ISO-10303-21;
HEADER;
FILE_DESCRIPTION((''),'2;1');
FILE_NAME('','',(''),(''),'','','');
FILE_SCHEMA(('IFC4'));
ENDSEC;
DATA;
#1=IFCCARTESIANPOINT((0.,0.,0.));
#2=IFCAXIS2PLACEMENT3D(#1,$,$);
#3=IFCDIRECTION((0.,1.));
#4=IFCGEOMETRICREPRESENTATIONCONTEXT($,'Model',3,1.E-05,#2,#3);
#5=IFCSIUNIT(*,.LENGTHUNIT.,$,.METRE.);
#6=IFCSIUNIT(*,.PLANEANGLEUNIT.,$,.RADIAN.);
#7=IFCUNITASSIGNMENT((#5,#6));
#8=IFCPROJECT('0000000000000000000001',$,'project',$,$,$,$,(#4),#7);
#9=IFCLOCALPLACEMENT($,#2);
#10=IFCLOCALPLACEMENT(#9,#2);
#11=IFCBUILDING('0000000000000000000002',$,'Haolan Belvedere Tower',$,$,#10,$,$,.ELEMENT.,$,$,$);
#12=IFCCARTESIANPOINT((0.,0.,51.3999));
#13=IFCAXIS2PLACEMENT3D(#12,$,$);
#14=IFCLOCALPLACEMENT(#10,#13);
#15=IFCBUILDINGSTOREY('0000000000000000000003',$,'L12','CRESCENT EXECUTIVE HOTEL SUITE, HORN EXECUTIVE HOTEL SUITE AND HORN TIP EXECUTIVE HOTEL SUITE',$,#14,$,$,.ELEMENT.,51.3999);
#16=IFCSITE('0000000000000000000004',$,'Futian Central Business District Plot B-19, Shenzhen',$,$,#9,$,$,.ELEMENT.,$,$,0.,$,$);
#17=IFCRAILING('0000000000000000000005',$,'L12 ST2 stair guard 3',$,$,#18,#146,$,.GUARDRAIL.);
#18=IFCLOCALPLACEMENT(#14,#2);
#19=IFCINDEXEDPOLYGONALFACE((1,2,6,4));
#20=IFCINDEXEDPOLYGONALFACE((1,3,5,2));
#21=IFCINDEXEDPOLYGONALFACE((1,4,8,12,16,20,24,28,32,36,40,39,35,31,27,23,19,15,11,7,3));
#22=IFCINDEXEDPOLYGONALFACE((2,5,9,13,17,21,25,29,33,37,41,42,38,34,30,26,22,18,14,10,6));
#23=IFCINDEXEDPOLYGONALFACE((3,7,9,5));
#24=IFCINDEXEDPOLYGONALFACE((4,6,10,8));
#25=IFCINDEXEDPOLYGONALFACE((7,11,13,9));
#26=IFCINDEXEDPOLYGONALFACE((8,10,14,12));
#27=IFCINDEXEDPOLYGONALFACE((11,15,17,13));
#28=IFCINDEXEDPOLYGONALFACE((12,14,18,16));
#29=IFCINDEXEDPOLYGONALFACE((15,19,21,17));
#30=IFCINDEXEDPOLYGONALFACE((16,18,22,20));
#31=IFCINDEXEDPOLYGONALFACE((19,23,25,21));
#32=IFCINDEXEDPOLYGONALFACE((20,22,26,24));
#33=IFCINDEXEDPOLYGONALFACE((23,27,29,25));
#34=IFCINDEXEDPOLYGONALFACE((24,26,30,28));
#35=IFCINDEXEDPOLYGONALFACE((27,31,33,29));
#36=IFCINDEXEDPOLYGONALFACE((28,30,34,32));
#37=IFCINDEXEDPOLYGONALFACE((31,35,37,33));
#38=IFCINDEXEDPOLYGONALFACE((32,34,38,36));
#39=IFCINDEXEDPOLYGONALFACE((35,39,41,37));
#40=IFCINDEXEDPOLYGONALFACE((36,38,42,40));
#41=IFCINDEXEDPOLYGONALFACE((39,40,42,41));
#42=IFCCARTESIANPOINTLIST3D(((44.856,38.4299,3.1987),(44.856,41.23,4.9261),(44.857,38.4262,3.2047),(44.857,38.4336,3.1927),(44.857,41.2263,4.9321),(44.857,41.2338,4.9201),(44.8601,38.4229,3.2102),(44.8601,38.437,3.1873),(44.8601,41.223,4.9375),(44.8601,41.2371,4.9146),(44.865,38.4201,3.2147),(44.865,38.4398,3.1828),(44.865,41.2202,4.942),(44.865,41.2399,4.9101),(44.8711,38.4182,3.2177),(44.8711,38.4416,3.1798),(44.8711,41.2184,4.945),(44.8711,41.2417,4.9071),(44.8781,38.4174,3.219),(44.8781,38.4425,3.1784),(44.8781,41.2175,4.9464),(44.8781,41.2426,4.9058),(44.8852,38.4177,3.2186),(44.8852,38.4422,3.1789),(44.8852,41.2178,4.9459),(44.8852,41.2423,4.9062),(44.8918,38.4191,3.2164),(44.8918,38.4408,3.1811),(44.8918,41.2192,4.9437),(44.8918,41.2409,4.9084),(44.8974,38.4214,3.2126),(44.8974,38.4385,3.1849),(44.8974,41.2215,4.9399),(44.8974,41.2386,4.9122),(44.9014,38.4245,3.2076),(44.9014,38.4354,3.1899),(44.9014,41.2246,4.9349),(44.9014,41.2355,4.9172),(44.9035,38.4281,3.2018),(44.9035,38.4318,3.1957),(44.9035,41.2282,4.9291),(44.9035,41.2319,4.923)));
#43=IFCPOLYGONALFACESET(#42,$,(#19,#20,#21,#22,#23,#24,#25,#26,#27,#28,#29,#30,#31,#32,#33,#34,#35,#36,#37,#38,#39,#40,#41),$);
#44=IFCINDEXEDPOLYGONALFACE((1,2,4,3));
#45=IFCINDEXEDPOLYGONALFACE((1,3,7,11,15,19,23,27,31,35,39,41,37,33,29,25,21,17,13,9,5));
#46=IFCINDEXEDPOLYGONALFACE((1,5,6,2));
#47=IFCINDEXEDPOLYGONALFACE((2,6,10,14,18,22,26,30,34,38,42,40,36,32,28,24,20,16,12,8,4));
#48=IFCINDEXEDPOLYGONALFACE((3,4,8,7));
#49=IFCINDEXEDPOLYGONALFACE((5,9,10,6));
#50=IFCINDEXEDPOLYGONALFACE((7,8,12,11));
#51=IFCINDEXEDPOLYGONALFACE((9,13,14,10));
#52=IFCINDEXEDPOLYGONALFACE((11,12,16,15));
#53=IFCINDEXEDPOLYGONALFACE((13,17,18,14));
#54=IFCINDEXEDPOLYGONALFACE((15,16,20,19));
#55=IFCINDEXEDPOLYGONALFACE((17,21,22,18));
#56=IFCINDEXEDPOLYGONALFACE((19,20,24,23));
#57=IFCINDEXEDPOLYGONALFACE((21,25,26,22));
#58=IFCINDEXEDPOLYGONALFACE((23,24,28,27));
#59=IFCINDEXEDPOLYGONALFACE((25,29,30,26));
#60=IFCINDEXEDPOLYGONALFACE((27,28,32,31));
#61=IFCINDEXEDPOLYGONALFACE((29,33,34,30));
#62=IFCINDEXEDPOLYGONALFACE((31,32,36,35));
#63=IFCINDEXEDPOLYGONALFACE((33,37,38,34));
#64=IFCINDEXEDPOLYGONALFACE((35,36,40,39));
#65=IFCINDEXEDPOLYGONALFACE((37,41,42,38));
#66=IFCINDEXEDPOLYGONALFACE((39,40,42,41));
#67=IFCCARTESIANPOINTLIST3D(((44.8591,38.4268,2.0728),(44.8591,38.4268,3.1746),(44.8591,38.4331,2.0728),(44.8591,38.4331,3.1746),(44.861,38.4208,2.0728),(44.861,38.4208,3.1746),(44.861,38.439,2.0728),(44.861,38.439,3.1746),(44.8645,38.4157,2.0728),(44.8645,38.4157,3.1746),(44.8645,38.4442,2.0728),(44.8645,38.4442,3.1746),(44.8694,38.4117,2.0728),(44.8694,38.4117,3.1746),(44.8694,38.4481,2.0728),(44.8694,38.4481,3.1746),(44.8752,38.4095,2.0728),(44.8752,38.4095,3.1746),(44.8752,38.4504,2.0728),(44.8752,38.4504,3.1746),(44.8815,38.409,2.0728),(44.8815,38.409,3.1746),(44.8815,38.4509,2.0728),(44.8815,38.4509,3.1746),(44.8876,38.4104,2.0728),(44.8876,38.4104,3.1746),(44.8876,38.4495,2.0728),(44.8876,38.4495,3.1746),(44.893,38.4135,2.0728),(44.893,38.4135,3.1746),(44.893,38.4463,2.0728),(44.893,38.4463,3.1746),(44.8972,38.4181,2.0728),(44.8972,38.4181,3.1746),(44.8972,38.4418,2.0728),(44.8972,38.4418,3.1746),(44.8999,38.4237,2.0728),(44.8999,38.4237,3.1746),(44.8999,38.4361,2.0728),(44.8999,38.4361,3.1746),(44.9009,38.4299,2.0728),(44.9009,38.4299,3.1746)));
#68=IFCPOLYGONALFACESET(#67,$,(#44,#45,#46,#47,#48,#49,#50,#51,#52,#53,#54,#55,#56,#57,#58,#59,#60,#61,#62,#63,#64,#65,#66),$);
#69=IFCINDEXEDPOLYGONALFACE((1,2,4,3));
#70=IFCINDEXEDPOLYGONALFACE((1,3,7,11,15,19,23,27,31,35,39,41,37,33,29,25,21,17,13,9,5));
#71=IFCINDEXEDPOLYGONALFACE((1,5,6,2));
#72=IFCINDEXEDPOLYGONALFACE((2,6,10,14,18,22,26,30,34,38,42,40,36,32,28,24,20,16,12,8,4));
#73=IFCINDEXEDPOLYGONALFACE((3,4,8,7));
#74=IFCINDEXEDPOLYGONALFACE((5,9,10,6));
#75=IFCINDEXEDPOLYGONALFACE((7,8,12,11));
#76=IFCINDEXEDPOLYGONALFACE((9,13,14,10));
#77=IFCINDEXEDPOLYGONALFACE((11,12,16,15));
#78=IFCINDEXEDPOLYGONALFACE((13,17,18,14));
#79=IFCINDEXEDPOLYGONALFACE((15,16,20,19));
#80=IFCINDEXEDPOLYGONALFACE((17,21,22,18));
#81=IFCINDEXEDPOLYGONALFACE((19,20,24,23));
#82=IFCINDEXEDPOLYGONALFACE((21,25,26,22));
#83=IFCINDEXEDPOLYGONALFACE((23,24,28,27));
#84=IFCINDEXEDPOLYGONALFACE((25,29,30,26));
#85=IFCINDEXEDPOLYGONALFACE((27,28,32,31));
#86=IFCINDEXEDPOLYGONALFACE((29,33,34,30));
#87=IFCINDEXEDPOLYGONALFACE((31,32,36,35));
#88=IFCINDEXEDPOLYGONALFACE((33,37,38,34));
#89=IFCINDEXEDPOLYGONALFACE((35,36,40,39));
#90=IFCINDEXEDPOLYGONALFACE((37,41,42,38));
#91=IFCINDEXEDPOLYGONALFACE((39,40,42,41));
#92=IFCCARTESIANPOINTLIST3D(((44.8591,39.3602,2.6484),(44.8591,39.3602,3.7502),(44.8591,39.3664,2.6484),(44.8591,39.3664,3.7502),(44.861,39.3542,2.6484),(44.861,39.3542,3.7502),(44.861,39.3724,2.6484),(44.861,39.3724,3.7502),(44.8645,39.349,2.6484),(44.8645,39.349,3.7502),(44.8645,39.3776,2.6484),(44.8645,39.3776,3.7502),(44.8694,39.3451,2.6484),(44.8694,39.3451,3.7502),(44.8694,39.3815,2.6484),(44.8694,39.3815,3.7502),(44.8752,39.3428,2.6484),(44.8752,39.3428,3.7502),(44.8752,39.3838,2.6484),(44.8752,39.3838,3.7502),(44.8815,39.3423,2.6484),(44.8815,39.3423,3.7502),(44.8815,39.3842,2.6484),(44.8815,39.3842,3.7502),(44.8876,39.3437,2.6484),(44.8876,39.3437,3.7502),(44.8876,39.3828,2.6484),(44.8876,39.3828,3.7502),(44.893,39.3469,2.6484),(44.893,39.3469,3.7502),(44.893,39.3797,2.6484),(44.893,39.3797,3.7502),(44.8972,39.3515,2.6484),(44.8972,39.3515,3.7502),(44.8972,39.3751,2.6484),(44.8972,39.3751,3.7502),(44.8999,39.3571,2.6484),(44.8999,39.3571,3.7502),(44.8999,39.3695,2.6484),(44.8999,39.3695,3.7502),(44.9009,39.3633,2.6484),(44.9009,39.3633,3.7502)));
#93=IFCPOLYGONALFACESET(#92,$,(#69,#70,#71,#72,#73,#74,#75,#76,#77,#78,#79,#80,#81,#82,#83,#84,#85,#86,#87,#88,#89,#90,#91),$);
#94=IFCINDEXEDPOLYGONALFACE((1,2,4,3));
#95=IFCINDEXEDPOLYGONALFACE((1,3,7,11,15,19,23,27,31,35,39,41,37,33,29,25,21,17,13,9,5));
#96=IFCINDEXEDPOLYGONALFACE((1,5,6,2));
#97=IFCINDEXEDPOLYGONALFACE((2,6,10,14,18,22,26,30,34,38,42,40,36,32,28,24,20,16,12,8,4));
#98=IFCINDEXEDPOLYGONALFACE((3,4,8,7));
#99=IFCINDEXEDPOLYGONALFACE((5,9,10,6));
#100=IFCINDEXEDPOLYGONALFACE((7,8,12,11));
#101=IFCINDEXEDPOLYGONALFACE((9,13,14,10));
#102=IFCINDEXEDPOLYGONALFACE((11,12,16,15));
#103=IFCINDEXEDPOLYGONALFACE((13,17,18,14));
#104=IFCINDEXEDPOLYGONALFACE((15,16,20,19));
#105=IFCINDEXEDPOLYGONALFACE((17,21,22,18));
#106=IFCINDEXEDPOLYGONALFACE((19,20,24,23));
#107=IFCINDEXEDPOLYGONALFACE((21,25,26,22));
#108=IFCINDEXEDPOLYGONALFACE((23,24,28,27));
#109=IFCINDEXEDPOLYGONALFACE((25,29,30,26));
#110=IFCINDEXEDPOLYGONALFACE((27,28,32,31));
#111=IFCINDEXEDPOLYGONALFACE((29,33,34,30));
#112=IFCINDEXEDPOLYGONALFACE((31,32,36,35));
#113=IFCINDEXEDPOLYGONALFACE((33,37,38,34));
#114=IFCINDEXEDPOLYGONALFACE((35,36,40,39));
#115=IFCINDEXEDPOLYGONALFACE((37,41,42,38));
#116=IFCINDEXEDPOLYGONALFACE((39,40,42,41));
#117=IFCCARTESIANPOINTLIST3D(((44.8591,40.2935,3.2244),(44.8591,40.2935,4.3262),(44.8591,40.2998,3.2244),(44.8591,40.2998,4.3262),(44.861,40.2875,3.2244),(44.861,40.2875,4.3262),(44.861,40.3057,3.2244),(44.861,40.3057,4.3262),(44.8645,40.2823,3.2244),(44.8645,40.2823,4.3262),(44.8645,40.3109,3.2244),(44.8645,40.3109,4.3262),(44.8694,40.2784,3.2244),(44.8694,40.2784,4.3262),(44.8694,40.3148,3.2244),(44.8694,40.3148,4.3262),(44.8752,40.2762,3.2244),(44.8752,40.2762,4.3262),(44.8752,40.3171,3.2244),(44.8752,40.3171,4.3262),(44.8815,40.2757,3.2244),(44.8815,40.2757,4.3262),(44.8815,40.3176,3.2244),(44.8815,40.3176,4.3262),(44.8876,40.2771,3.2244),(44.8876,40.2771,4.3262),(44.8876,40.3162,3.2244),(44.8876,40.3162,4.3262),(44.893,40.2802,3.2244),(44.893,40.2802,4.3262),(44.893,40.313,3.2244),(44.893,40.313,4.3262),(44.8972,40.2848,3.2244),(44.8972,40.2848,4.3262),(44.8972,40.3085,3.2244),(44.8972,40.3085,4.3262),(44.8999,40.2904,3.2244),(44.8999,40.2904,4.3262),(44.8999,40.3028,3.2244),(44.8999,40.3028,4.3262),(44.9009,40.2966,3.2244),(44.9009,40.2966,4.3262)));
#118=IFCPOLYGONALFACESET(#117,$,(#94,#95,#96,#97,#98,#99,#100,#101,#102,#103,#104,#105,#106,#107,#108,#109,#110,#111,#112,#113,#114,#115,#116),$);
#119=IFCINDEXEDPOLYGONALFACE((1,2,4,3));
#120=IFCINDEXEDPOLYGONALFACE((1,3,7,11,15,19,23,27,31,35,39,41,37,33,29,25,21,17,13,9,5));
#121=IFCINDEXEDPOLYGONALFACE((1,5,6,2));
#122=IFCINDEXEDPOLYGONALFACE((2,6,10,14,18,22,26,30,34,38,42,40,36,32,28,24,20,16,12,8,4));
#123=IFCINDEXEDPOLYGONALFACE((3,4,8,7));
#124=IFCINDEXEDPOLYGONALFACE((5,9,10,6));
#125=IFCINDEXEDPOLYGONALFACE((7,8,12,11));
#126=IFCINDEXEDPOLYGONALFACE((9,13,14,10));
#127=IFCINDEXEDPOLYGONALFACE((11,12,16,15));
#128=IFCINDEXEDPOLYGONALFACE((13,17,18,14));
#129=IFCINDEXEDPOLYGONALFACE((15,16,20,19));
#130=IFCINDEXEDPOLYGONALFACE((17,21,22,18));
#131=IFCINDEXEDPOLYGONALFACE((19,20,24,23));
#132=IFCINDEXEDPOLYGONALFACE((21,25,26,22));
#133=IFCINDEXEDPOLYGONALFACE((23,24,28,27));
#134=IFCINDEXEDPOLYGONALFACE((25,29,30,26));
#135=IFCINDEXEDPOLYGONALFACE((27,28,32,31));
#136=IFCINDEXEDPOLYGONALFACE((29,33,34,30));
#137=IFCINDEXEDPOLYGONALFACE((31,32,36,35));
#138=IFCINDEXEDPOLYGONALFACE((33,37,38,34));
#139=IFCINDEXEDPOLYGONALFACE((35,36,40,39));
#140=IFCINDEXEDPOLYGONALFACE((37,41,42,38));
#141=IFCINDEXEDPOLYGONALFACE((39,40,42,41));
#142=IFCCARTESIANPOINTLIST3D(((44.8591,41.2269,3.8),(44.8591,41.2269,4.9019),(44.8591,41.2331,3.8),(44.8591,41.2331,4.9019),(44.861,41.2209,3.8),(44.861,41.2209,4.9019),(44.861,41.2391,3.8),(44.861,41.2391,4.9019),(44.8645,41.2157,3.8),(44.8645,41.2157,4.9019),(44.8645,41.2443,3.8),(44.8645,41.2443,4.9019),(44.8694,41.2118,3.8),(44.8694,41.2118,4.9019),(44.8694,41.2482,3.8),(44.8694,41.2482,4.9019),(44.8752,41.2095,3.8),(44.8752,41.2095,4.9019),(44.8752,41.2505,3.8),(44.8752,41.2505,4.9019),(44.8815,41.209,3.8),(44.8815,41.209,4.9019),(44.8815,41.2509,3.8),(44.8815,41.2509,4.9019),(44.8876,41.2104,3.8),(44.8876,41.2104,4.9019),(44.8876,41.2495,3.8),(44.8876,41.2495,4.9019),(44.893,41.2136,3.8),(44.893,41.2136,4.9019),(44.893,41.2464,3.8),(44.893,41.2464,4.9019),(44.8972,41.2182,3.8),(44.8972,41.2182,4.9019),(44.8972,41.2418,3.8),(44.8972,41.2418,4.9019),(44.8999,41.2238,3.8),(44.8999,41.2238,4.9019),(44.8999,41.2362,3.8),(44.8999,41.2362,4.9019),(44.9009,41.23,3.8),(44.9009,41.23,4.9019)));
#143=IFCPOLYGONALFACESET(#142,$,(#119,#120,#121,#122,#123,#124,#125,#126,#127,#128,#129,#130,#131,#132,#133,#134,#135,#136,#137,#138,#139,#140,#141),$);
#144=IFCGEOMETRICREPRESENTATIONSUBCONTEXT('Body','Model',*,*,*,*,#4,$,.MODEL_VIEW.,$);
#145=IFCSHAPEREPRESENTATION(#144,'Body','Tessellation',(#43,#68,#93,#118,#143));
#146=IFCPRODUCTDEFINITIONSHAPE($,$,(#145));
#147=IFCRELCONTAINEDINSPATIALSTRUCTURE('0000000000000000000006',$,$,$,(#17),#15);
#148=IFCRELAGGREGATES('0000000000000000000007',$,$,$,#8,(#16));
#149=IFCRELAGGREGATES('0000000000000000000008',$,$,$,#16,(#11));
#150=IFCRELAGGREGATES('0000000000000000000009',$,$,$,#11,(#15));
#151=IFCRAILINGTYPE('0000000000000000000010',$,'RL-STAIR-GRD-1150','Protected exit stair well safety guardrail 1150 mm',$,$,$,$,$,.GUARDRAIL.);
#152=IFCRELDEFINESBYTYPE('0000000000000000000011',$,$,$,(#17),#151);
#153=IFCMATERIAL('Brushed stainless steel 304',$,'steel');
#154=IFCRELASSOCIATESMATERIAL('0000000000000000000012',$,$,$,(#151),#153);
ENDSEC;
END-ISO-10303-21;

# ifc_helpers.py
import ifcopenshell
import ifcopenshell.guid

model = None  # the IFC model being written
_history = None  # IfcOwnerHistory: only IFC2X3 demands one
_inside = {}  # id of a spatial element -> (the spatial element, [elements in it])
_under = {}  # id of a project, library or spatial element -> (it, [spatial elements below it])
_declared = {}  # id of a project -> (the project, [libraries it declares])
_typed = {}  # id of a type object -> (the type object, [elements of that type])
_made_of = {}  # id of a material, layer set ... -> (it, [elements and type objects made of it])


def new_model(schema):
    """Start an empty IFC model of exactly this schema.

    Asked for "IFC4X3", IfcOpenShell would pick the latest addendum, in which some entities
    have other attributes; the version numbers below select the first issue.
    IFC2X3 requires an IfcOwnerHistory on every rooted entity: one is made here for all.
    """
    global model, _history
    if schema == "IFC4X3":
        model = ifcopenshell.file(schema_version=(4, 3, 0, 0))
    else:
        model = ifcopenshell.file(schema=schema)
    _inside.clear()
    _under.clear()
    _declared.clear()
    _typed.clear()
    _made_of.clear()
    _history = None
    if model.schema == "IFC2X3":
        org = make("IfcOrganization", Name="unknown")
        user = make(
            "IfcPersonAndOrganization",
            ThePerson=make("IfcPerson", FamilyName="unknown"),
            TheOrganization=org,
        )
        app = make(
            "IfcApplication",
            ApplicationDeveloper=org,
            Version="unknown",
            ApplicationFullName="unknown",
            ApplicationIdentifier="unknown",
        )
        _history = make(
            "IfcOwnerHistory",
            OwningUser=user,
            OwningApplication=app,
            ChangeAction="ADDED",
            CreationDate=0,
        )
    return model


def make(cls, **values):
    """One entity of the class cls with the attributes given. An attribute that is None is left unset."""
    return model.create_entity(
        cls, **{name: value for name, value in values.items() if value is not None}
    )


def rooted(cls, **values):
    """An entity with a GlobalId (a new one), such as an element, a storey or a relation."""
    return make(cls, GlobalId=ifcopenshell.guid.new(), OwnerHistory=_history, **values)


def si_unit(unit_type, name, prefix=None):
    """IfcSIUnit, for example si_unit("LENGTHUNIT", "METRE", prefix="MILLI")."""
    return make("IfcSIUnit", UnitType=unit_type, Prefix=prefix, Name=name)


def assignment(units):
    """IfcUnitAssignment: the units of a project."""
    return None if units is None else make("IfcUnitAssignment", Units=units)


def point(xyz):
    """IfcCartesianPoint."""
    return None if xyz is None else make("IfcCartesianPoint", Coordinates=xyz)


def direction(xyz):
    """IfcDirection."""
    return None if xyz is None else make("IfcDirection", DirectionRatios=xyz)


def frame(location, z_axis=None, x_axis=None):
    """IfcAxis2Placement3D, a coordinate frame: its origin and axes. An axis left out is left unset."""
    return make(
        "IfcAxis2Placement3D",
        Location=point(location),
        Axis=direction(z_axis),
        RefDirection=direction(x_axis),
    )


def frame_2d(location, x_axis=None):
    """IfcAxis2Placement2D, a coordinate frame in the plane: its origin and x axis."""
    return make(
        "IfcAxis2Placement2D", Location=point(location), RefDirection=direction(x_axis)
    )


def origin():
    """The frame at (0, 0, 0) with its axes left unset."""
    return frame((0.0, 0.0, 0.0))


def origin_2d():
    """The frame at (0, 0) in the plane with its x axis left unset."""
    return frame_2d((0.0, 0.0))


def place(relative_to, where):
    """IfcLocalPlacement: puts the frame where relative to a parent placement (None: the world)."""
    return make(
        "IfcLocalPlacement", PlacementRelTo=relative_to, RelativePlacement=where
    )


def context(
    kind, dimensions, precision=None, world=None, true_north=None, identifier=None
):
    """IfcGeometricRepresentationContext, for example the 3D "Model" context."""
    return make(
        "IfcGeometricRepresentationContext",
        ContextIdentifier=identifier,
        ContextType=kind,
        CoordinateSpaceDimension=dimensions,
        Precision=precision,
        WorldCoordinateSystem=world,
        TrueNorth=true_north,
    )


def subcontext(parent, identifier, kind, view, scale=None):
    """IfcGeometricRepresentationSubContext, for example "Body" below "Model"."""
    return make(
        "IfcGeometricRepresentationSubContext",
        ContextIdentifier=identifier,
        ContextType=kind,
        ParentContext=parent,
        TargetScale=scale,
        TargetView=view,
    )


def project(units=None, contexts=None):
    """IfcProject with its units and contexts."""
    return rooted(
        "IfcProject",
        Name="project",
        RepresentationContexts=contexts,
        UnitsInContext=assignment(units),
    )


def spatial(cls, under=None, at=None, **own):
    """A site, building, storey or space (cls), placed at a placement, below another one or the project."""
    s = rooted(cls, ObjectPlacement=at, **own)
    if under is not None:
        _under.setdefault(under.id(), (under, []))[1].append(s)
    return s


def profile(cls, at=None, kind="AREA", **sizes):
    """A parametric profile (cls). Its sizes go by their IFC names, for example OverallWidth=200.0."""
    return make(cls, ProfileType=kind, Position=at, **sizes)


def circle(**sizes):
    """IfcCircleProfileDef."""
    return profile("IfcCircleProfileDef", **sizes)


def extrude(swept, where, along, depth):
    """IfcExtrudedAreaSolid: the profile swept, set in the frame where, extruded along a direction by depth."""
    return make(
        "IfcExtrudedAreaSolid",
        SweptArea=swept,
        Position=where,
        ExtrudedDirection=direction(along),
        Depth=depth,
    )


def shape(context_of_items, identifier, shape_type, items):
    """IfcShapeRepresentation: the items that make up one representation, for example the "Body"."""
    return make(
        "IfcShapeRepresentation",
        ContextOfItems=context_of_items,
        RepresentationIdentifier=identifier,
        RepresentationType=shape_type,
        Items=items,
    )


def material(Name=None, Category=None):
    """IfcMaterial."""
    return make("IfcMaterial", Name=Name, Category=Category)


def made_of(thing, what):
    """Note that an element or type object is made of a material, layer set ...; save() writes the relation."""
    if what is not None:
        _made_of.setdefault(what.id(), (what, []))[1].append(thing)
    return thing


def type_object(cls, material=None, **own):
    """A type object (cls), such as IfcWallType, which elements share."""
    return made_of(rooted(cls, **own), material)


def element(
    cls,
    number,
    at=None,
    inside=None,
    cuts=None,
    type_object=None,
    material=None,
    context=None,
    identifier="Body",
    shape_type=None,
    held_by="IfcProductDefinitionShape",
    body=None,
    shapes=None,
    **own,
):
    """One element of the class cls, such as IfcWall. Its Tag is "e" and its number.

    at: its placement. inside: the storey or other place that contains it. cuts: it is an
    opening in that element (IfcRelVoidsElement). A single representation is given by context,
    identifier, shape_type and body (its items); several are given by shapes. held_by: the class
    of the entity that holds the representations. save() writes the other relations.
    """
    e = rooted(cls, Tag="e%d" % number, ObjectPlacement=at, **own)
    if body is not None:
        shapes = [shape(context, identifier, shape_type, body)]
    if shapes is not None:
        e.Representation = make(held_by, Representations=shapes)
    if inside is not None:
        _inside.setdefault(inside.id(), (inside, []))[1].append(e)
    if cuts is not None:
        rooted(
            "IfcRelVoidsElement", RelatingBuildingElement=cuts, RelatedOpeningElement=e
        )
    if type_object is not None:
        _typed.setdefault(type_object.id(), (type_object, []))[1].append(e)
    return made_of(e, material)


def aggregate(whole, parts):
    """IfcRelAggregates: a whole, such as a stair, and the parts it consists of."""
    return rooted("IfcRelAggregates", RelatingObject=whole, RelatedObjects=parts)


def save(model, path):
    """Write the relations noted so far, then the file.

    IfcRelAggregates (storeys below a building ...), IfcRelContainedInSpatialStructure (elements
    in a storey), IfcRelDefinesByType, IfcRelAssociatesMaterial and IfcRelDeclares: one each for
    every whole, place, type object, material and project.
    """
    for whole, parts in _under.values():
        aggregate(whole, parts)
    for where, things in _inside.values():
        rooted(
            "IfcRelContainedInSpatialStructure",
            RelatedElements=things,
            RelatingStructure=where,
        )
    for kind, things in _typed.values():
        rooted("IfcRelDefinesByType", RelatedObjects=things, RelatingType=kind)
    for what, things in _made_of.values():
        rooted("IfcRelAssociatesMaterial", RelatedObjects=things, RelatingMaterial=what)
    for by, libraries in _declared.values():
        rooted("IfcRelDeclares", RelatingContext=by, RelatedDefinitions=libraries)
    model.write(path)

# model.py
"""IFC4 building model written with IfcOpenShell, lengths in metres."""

from ifc_helpers import new_model, si_unit, direction, frame, origin, origin_2d, place, context, subcontext, project, spatial, circle, extrude, material, type_object, element, save


model = new_model("IFC4")

# Units and contexts
model_context = context("Model", 3, precision=1e-05, world=origin(), true_north=direction((0.0, 1.0)))
body_context = subcontext(model_context, "Body", "Model", "MODEL_VIEW")
ifc_project = project(units=[si_unit("LENGTHUNIT", "METRE"), si_unit("PLANEANGLEUNIT", "RADIAN")], contexts=[model_context])

# Site, building, storey
site_placement = place(None, origin())
site = spatial("IfcSite", under=ifc_project, at=site_placement, Name="Futian Central Business District Plot B-19, Shenzhen", CompositionType="ELEMENT", RefElevation=0.0)
building_placement = place(site_placement, origin())
building = spatial("IfcBuilding", under=site, at=building_placement, Name="Haolan Belvedere Tower", CompositionType="ELEMENT")
storey_placement = place(building_placement, frame((0.0, 0.0, 51.3999)))
storey = spatial("IfcBuildingStorey", under=building, at=storey_placement, Name="L12", Description="CRESCENT EXECUTIVE HOTEL SUITE, HORN EXECUTIVE HOTEL SUITE AND HORN TIP EXECUTIVE HOTEL SUITE", CompositionType="ELEMENT", Elevation=51.3999)

# Railing
ifc_material_1 = material(Name="Brushed stainless steel 304", Category="steel")
railing_type_1 = type_object("IfcRailingType", Name="RL-STAIR-GRD-1150", Description="Protected exit stair well safety guardrail 1150 mm", PredefinedType="GUARDRAIL", material=ifc_material_1)
railing_1_placement = place(storey_placement, frame((44.8799, 38.4299, 2.0728)))
element("IfcRailing", 1, at=railing_1_placement, inside=storey, type_object=railing_type_1, Name="L12 ST2 stair guard 3", PredefinedType="GUARDRAIL", context=body_context, shape_type="SweptSolid", body=[
    extrude(circle(Radius=0.0239, at=origin_2d()), frame((0.0, 0.0, 1.126), z_axis=(0.0, 0.85109, 0.52502), x_axis=(-1.0, 0.0, 0.0)), (0.0, 0.0, 1.0), 3.29),
    extrude(circle(Radius=0.021, at=origin_2d()), origin(), (0.0, 0.0, 1.0), 1.1018),
    extrude(circle(Radius=0.021, at=origin_2d()), frame((0.0, 0.9333, 0.5757)), (0.0, 0.0, 1.0), 1.1018),
    extrude(circle(Radius=0.021, at=origin_2d()), frame((0.0, 1.8667, 1.1516)), (0.0, 0.0, 1.0), 1.1018),
    extrude(circle(Radius=0.021, at=origin_2d()), frame((0.0, 2.8, 1.7273)), (0.0, 0.0, 1.0), 1.1018),
])

save(model, "model.ifc")
